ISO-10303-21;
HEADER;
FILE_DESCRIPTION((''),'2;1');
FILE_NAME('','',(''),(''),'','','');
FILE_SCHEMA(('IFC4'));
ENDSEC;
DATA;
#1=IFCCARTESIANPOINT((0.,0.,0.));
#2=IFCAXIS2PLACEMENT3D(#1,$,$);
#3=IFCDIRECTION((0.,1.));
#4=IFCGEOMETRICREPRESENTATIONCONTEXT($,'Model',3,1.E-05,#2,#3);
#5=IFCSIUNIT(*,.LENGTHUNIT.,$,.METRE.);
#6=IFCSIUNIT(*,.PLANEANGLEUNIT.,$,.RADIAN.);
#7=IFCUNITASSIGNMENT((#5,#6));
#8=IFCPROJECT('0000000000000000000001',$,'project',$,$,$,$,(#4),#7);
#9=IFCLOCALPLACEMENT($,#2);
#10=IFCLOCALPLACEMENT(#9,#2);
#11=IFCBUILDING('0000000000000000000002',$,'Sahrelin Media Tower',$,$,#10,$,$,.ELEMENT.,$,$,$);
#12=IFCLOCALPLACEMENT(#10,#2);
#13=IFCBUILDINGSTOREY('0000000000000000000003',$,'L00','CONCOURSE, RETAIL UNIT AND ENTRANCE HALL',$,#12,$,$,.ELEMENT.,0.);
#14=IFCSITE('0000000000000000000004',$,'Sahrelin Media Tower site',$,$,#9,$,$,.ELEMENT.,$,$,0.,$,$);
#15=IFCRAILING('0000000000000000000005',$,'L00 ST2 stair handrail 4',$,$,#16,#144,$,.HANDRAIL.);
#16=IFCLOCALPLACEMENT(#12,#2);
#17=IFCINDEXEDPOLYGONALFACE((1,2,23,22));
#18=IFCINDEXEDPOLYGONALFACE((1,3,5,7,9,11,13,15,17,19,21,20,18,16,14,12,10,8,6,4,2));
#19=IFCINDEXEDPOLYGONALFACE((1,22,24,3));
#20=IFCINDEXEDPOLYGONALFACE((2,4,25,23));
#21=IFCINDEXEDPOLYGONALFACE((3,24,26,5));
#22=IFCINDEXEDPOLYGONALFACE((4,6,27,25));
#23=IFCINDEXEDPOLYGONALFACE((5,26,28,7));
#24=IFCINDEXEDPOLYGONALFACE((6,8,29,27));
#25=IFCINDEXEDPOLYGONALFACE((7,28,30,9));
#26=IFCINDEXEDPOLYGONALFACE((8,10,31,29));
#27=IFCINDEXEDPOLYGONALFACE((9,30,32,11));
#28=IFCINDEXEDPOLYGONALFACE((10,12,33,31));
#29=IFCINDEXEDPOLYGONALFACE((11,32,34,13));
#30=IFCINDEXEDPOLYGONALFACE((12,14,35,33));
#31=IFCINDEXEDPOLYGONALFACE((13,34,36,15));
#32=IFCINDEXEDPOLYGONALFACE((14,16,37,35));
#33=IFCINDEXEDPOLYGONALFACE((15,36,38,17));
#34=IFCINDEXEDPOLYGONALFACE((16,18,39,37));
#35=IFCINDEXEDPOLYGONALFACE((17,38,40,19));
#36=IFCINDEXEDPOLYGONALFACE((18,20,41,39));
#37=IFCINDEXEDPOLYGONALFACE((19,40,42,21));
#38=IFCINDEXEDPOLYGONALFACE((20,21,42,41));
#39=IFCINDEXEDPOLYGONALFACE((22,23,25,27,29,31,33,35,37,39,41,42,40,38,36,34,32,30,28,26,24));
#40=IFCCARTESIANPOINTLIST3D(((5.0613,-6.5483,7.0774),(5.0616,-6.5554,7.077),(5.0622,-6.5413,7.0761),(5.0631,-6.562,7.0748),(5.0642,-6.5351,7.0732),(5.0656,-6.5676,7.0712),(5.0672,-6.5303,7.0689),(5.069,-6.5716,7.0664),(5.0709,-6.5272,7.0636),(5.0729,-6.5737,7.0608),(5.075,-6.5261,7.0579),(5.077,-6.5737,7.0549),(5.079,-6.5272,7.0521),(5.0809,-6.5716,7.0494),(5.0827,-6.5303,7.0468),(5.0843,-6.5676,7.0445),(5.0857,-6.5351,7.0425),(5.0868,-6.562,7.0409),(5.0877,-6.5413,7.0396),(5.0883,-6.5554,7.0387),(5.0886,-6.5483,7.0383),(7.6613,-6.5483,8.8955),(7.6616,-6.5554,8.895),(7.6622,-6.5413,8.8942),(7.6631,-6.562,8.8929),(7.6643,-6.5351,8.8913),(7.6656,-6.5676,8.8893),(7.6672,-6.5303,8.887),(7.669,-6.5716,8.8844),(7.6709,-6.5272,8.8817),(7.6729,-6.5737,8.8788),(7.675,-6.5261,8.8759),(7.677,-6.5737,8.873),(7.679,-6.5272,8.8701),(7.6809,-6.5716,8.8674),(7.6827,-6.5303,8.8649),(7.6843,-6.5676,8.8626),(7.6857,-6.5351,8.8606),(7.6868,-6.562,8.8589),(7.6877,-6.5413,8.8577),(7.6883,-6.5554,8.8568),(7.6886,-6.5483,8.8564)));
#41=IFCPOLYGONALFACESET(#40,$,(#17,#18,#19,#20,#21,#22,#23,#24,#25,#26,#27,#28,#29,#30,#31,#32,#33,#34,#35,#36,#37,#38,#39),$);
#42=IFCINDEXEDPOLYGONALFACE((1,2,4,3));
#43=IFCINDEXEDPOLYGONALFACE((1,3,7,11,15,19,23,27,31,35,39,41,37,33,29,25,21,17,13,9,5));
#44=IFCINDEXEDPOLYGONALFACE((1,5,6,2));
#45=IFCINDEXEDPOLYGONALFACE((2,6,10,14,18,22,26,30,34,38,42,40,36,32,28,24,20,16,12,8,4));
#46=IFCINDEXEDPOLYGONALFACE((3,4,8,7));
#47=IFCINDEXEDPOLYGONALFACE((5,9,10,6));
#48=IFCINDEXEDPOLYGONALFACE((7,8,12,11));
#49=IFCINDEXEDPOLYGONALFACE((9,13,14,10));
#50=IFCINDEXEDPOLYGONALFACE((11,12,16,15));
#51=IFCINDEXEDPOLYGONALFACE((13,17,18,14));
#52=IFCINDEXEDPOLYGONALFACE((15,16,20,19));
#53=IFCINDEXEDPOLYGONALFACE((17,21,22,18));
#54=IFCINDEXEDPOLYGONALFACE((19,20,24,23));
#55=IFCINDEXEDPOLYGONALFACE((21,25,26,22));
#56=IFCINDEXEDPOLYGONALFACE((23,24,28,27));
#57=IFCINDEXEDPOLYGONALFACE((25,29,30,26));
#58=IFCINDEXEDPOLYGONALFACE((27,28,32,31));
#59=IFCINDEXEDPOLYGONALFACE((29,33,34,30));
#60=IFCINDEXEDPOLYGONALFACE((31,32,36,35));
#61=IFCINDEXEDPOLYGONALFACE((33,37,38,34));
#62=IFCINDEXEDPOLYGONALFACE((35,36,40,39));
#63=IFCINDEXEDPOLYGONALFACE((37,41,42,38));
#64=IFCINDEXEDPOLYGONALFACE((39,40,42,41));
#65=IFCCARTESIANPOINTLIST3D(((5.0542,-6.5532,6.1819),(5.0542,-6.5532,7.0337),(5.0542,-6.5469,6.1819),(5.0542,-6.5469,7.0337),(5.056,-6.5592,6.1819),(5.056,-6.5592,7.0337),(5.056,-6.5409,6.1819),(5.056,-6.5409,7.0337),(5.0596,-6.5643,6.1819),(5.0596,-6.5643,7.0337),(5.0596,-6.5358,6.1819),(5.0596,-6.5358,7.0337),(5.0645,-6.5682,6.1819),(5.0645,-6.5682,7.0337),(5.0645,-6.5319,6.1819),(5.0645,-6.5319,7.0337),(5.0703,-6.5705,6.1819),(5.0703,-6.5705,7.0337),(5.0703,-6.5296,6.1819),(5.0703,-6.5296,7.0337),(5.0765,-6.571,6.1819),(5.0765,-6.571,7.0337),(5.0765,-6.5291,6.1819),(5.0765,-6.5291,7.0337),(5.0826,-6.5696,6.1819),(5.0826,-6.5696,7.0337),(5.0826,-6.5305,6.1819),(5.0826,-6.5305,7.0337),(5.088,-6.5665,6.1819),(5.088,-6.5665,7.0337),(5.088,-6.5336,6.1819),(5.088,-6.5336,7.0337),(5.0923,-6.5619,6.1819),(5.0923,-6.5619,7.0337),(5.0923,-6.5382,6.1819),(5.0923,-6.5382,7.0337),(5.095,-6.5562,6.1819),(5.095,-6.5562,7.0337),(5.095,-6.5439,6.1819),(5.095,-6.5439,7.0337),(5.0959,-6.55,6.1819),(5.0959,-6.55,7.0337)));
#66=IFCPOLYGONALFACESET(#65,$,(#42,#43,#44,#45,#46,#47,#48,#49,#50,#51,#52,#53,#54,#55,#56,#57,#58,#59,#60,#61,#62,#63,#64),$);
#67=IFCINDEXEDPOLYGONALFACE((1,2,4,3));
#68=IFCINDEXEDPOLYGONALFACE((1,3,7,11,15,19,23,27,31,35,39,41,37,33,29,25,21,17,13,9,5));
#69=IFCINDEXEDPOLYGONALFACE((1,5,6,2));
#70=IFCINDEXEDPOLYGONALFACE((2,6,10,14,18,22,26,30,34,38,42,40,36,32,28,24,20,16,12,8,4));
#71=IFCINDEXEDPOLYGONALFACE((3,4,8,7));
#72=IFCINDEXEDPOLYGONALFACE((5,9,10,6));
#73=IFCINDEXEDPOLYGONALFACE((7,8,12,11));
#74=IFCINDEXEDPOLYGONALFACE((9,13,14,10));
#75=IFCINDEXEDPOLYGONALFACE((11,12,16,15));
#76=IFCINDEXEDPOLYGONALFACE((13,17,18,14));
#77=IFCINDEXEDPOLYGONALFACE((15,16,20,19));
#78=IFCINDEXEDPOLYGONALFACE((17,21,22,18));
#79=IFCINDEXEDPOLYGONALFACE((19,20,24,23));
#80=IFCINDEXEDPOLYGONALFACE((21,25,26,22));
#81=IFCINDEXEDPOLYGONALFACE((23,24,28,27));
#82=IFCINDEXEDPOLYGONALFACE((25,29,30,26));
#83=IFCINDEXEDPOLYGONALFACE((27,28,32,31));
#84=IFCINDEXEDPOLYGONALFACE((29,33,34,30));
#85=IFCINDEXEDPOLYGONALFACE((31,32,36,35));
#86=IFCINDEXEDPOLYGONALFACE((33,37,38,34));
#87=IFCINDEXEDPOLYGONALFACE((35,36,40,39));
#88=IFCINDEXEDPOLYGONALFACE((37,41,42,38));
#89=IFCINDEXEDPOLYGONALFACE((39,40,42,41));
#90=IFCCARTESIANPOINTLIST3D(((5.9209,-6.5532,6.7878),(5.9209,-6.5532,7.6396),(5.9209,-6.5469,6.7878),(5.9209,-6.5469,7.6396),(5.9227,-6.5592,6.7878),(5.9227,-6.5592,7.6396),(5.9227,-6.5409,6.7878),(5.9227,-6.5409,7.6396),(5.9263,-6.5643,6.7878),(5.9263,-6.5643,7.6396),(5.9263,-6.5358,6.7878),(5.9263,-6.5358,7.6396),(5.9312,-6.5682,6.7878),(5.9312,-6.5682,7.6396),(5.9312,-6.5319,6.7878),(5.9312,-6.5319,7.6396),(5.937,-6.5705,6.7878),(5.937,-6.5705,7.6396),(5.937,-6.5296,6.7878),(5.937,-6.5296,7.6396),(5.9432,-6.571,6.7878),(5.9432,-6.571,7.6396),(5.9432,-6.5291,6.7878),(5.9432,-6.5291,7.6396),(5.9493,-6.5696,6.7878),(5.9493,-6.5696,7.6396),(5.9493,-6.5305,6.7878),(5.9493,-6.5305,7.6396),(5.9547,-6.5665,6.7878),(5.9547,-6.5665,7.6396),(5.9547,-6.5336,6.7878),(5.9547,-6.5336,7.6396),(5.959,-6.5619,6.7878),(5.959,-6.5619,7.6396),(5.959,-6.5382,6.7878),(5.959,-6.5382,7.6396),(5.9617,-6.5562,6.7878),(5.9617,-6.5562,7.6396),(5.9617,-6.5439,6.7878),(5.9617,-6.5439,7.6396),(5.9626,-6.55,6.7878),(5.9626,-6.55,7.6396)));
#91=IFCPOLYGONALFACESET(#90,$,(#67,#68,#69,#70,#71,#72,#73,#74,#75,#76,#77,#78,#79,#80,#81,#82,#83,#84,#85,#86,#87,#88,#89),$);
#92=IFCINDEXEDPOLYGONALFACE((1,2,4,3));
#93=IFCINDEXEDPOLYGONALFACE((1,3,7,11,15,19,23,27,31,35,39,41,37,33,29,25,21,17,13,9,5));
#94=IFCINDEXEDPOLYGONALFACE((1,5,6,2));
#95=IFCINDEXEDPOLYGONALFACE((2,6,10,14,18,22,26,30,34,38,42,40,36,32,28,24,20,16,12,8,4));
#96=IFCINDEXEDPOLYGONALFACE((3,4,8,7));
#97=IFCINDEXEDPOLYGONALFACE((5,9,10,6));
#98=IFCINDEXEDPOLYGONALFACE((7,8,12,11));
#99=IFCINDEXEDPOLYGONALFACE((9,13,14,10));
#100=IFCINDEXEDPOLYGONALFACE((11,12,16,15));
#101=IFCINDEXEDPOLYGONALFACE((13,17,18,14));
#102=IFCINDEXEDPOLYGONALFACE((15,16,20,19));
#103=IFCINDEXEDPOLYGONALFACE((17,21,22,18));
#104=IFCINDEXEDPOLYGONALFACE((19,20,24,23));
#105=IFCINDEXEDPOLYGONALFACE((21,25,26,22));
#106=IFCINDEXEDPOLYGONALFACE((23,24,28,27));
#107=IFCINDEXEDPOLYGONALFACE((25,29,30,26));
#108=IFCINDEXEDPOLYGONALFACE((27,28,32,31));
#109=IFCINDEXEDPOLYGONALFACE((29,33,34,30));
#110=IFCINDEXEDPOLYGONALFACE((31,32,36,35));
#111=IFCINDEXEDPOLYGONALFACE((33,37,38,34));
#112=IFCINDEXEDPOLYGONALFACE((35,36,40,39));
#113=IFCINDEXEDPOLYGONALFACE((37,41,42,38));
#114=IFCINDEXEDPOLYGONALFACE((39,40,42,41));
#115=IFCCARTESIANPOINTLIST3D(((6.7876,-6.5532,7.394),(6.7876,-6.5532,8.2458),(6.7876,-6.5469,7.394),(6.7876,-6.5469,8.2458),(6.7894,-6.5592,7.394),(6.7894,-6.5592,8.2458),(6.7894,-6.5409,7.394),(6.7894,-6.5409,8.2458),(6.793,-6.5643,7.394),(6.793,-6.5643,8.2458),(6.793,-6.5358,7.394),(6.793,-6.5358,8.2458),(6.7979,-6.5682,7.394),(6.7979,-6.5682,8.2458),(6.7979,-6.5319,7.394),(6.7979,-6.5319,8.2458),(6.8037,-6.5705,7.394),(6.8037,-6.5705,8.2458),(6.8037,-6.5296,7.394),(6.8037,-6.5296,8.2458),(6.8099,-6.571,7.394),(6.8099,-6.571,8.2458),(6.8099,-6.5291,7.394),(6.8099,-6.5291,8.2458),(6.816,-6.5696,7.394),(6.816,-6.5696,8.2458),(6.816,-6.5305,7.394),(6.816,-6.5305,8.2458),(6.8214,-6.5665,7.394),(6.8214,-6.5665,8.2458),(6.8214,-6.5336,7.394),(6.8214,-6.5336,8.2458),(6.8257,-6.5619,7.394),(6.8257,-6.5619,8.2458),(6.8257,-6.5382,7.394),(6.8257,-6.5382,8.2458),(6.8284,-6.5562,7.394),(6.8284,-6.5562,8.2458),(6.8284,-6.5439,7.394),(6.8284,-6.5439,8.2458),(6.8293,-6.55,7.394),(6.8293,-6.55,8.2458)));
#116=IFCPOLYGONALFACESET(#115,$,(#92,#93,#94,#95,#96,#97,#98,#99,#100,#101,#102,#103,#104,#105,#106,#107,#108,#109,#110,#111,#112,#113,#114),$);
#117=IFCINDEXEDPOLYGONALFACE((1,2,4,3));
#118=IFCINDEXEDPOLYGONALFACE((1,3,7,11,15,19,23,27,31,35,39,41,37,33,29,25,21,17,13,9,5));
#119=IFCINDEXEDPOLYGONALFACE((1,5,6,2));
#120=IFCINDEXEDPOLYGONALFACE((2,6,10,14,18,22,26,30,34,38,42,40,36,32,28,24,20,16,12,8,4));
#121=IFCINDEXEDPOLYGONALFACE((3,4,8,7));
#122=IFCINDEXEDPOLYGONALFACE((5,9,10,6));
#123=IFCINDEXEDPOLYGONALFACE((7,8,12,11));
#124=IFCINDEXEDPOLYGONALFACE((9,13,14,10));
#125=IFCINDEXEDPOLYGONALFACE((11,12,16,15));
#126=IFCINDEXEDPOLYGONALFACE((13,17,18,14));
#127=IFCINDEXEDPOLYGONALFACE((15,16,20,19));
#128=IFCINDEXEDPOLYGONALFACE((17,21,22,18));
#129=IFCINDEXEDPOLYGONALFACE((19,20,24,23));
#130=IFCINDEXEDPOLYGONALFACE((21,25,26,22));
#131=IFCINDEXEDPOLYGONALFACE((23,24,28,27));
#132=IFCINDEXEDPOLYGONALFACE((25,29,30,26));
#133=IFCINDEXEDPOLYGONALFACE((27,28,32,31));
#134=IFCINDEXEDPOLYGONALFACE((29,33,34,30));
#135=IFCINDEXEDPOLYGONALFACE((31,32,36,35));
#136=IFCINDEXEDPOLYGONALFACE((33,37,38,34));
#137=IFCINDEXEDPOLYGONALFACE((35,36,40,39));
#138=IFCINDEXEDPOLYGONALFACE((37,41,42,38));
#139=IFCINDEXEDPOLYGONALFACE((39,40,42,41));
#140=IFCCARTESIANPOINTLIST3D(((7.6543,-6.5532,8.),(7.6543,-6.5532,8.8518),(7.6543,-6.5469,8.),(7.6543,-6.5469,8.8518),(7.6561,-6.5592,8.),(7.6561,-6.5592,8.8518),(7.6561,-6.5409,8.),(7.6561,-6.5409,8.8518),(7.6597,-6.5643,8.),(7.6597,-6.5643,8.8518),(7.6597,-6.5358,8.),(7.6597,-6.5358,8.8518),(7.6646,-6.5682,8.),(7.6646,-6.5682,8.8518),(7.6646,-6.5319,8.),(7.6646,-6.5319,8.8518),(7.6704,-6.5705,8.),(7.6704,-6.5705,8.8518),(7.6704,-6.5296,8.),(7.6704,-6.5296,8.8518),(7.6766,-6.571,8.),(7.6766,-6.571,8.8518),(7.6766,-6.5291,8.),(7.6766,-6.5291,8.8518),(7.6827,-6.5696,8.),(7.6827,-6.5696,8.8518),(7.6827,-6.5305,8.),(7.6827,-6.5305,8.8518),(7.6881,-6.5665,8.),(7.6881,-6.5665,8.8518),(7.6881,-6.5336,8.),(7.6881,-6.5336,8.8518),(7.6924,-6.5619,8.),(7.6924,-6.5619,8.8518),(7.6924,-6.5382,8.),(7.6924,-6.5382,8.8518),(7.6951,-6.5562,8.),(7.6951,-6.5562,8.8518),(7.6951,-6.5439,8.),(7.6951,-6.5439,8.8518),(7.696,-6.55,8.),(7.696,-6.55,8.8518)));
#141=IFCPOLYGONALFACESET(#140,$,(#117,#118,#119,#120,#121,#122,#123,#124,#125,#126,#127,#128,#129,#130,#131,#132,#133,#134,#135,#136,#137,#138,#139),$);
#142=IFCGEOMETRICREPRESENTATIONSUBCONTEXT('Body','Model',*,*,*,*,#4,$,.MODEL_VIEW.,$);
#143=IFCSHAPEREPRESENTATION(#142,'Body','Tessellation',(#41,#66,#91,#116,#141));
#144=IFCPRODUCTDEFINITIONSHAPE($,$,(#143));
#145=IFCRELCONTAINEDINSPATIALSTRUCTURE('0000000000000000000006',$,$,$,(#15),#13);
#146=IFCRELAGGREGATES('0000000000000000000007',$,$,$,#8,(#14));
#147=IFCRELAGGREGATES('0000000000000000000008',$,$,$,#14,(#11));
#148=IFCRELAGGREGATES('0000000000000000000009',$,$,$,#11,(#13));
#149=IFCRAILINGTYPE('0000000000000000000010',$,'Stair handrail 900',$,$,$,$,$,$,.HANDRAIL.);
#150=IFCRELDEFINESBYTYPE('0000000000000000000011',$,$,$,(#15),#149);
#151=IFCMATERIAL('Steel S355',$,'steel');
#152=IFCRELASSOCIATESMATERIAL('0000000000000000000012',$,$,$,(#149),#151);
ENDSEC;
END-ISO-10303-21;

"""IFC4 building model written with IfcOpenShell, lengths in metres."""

from ifc_helpers import new_model, si_unit, direction, frame, origin, origin_2d, place, context, subcontext, project, spatial, circle, extrude, material, type_object, element, save


model = new_model("IFC4")

# Units and contexts
model_context = context("Model", 3, precision=1e-05, world=origin(), true_north=direction((0.0, 1.0)))
body_context = subcontext(model_context, "Body", "Model", "MODEL_VIEW")
ifc_project = project(units=[si_unit("LENGTHUNIT", "METRE"), si_unit("PLANEANGLEUNIT", "RADIAN")], contexts=[model_context])

# Site, building, storey
site_placement = place(None, origin())
site = spatial("IfcSite", under=ifc_project, at=site_placement, Name="Sahrelin Media Tower site", CompositionType="ELEMENT", RefElevation=0.0)
building_placement = place(site_placement, origin())
building = spatial("IfcBuilding", under=site, at=building_placement, Name="Sahrelin Media Tower", CompositionType="ELEMENT")
storey_placement = place(building_placement, origin())
storey = spatial("IfcBuildingStorey", under=building, at=storey_placement, Name="L00", Description="CONCOURSE, RETAIL UNIT AND ENTRANCE HALL", CompositionType="ELEMENT", Elevation=0.0)

# Shared definitions
ifc_material_1 = material(Name="Steel S355", Category="steel")

# Railing
railing_type_1 = type_object("IfcRailingType", Name="Stair handrail 900", PredefinedType="HANDRAIL", material=ifc_material_1)
railing_1_placement = place(storey_placement, frame((5.075, -6.55, 6.1819)))
element("IfcRailing", 1, at=railing_1_placement, inside=storey, type_object=railing_type_1, Name="L00 ST2 stair handrail 4", PredefinedType="HANDRAIL", context=body_context, shape_type="SweptSolid", body=[
    extrude(circle(Radius=0.0239, at=origin_2d()), frame((0.0, 0.0, 0.876), z_axis=(0.819521, 0.0, 0.573049), x_axis=(0.0, 1.0, 0.0)), (0.0, 0.0, 1.0), 3.1726),
    extrude(circle(Radius=0.021, at=origin_2d()), origin(), (0.0, 0.0, 1.0), 0.8518),
    extrude(circle(Radius=0.021, at=origin_2d()), frame((0.8667, 0.0, 0.606)), (0.0, 0.0, 1.0), 0.8518),
    extrude(circle(Radius=0.021, at=origin_2d()), frame((1.7334, 0.0, 1.2122)), (0.0, 0.0, 1.0), 0.8518),
    extrude(circle(Radius=0.021, at=origin_2d()), frame((2.6001, 0.0, 1.8181)), (0.0, 0.0, 1.0), 0.8518),
])

save(model, "model.ifc")
